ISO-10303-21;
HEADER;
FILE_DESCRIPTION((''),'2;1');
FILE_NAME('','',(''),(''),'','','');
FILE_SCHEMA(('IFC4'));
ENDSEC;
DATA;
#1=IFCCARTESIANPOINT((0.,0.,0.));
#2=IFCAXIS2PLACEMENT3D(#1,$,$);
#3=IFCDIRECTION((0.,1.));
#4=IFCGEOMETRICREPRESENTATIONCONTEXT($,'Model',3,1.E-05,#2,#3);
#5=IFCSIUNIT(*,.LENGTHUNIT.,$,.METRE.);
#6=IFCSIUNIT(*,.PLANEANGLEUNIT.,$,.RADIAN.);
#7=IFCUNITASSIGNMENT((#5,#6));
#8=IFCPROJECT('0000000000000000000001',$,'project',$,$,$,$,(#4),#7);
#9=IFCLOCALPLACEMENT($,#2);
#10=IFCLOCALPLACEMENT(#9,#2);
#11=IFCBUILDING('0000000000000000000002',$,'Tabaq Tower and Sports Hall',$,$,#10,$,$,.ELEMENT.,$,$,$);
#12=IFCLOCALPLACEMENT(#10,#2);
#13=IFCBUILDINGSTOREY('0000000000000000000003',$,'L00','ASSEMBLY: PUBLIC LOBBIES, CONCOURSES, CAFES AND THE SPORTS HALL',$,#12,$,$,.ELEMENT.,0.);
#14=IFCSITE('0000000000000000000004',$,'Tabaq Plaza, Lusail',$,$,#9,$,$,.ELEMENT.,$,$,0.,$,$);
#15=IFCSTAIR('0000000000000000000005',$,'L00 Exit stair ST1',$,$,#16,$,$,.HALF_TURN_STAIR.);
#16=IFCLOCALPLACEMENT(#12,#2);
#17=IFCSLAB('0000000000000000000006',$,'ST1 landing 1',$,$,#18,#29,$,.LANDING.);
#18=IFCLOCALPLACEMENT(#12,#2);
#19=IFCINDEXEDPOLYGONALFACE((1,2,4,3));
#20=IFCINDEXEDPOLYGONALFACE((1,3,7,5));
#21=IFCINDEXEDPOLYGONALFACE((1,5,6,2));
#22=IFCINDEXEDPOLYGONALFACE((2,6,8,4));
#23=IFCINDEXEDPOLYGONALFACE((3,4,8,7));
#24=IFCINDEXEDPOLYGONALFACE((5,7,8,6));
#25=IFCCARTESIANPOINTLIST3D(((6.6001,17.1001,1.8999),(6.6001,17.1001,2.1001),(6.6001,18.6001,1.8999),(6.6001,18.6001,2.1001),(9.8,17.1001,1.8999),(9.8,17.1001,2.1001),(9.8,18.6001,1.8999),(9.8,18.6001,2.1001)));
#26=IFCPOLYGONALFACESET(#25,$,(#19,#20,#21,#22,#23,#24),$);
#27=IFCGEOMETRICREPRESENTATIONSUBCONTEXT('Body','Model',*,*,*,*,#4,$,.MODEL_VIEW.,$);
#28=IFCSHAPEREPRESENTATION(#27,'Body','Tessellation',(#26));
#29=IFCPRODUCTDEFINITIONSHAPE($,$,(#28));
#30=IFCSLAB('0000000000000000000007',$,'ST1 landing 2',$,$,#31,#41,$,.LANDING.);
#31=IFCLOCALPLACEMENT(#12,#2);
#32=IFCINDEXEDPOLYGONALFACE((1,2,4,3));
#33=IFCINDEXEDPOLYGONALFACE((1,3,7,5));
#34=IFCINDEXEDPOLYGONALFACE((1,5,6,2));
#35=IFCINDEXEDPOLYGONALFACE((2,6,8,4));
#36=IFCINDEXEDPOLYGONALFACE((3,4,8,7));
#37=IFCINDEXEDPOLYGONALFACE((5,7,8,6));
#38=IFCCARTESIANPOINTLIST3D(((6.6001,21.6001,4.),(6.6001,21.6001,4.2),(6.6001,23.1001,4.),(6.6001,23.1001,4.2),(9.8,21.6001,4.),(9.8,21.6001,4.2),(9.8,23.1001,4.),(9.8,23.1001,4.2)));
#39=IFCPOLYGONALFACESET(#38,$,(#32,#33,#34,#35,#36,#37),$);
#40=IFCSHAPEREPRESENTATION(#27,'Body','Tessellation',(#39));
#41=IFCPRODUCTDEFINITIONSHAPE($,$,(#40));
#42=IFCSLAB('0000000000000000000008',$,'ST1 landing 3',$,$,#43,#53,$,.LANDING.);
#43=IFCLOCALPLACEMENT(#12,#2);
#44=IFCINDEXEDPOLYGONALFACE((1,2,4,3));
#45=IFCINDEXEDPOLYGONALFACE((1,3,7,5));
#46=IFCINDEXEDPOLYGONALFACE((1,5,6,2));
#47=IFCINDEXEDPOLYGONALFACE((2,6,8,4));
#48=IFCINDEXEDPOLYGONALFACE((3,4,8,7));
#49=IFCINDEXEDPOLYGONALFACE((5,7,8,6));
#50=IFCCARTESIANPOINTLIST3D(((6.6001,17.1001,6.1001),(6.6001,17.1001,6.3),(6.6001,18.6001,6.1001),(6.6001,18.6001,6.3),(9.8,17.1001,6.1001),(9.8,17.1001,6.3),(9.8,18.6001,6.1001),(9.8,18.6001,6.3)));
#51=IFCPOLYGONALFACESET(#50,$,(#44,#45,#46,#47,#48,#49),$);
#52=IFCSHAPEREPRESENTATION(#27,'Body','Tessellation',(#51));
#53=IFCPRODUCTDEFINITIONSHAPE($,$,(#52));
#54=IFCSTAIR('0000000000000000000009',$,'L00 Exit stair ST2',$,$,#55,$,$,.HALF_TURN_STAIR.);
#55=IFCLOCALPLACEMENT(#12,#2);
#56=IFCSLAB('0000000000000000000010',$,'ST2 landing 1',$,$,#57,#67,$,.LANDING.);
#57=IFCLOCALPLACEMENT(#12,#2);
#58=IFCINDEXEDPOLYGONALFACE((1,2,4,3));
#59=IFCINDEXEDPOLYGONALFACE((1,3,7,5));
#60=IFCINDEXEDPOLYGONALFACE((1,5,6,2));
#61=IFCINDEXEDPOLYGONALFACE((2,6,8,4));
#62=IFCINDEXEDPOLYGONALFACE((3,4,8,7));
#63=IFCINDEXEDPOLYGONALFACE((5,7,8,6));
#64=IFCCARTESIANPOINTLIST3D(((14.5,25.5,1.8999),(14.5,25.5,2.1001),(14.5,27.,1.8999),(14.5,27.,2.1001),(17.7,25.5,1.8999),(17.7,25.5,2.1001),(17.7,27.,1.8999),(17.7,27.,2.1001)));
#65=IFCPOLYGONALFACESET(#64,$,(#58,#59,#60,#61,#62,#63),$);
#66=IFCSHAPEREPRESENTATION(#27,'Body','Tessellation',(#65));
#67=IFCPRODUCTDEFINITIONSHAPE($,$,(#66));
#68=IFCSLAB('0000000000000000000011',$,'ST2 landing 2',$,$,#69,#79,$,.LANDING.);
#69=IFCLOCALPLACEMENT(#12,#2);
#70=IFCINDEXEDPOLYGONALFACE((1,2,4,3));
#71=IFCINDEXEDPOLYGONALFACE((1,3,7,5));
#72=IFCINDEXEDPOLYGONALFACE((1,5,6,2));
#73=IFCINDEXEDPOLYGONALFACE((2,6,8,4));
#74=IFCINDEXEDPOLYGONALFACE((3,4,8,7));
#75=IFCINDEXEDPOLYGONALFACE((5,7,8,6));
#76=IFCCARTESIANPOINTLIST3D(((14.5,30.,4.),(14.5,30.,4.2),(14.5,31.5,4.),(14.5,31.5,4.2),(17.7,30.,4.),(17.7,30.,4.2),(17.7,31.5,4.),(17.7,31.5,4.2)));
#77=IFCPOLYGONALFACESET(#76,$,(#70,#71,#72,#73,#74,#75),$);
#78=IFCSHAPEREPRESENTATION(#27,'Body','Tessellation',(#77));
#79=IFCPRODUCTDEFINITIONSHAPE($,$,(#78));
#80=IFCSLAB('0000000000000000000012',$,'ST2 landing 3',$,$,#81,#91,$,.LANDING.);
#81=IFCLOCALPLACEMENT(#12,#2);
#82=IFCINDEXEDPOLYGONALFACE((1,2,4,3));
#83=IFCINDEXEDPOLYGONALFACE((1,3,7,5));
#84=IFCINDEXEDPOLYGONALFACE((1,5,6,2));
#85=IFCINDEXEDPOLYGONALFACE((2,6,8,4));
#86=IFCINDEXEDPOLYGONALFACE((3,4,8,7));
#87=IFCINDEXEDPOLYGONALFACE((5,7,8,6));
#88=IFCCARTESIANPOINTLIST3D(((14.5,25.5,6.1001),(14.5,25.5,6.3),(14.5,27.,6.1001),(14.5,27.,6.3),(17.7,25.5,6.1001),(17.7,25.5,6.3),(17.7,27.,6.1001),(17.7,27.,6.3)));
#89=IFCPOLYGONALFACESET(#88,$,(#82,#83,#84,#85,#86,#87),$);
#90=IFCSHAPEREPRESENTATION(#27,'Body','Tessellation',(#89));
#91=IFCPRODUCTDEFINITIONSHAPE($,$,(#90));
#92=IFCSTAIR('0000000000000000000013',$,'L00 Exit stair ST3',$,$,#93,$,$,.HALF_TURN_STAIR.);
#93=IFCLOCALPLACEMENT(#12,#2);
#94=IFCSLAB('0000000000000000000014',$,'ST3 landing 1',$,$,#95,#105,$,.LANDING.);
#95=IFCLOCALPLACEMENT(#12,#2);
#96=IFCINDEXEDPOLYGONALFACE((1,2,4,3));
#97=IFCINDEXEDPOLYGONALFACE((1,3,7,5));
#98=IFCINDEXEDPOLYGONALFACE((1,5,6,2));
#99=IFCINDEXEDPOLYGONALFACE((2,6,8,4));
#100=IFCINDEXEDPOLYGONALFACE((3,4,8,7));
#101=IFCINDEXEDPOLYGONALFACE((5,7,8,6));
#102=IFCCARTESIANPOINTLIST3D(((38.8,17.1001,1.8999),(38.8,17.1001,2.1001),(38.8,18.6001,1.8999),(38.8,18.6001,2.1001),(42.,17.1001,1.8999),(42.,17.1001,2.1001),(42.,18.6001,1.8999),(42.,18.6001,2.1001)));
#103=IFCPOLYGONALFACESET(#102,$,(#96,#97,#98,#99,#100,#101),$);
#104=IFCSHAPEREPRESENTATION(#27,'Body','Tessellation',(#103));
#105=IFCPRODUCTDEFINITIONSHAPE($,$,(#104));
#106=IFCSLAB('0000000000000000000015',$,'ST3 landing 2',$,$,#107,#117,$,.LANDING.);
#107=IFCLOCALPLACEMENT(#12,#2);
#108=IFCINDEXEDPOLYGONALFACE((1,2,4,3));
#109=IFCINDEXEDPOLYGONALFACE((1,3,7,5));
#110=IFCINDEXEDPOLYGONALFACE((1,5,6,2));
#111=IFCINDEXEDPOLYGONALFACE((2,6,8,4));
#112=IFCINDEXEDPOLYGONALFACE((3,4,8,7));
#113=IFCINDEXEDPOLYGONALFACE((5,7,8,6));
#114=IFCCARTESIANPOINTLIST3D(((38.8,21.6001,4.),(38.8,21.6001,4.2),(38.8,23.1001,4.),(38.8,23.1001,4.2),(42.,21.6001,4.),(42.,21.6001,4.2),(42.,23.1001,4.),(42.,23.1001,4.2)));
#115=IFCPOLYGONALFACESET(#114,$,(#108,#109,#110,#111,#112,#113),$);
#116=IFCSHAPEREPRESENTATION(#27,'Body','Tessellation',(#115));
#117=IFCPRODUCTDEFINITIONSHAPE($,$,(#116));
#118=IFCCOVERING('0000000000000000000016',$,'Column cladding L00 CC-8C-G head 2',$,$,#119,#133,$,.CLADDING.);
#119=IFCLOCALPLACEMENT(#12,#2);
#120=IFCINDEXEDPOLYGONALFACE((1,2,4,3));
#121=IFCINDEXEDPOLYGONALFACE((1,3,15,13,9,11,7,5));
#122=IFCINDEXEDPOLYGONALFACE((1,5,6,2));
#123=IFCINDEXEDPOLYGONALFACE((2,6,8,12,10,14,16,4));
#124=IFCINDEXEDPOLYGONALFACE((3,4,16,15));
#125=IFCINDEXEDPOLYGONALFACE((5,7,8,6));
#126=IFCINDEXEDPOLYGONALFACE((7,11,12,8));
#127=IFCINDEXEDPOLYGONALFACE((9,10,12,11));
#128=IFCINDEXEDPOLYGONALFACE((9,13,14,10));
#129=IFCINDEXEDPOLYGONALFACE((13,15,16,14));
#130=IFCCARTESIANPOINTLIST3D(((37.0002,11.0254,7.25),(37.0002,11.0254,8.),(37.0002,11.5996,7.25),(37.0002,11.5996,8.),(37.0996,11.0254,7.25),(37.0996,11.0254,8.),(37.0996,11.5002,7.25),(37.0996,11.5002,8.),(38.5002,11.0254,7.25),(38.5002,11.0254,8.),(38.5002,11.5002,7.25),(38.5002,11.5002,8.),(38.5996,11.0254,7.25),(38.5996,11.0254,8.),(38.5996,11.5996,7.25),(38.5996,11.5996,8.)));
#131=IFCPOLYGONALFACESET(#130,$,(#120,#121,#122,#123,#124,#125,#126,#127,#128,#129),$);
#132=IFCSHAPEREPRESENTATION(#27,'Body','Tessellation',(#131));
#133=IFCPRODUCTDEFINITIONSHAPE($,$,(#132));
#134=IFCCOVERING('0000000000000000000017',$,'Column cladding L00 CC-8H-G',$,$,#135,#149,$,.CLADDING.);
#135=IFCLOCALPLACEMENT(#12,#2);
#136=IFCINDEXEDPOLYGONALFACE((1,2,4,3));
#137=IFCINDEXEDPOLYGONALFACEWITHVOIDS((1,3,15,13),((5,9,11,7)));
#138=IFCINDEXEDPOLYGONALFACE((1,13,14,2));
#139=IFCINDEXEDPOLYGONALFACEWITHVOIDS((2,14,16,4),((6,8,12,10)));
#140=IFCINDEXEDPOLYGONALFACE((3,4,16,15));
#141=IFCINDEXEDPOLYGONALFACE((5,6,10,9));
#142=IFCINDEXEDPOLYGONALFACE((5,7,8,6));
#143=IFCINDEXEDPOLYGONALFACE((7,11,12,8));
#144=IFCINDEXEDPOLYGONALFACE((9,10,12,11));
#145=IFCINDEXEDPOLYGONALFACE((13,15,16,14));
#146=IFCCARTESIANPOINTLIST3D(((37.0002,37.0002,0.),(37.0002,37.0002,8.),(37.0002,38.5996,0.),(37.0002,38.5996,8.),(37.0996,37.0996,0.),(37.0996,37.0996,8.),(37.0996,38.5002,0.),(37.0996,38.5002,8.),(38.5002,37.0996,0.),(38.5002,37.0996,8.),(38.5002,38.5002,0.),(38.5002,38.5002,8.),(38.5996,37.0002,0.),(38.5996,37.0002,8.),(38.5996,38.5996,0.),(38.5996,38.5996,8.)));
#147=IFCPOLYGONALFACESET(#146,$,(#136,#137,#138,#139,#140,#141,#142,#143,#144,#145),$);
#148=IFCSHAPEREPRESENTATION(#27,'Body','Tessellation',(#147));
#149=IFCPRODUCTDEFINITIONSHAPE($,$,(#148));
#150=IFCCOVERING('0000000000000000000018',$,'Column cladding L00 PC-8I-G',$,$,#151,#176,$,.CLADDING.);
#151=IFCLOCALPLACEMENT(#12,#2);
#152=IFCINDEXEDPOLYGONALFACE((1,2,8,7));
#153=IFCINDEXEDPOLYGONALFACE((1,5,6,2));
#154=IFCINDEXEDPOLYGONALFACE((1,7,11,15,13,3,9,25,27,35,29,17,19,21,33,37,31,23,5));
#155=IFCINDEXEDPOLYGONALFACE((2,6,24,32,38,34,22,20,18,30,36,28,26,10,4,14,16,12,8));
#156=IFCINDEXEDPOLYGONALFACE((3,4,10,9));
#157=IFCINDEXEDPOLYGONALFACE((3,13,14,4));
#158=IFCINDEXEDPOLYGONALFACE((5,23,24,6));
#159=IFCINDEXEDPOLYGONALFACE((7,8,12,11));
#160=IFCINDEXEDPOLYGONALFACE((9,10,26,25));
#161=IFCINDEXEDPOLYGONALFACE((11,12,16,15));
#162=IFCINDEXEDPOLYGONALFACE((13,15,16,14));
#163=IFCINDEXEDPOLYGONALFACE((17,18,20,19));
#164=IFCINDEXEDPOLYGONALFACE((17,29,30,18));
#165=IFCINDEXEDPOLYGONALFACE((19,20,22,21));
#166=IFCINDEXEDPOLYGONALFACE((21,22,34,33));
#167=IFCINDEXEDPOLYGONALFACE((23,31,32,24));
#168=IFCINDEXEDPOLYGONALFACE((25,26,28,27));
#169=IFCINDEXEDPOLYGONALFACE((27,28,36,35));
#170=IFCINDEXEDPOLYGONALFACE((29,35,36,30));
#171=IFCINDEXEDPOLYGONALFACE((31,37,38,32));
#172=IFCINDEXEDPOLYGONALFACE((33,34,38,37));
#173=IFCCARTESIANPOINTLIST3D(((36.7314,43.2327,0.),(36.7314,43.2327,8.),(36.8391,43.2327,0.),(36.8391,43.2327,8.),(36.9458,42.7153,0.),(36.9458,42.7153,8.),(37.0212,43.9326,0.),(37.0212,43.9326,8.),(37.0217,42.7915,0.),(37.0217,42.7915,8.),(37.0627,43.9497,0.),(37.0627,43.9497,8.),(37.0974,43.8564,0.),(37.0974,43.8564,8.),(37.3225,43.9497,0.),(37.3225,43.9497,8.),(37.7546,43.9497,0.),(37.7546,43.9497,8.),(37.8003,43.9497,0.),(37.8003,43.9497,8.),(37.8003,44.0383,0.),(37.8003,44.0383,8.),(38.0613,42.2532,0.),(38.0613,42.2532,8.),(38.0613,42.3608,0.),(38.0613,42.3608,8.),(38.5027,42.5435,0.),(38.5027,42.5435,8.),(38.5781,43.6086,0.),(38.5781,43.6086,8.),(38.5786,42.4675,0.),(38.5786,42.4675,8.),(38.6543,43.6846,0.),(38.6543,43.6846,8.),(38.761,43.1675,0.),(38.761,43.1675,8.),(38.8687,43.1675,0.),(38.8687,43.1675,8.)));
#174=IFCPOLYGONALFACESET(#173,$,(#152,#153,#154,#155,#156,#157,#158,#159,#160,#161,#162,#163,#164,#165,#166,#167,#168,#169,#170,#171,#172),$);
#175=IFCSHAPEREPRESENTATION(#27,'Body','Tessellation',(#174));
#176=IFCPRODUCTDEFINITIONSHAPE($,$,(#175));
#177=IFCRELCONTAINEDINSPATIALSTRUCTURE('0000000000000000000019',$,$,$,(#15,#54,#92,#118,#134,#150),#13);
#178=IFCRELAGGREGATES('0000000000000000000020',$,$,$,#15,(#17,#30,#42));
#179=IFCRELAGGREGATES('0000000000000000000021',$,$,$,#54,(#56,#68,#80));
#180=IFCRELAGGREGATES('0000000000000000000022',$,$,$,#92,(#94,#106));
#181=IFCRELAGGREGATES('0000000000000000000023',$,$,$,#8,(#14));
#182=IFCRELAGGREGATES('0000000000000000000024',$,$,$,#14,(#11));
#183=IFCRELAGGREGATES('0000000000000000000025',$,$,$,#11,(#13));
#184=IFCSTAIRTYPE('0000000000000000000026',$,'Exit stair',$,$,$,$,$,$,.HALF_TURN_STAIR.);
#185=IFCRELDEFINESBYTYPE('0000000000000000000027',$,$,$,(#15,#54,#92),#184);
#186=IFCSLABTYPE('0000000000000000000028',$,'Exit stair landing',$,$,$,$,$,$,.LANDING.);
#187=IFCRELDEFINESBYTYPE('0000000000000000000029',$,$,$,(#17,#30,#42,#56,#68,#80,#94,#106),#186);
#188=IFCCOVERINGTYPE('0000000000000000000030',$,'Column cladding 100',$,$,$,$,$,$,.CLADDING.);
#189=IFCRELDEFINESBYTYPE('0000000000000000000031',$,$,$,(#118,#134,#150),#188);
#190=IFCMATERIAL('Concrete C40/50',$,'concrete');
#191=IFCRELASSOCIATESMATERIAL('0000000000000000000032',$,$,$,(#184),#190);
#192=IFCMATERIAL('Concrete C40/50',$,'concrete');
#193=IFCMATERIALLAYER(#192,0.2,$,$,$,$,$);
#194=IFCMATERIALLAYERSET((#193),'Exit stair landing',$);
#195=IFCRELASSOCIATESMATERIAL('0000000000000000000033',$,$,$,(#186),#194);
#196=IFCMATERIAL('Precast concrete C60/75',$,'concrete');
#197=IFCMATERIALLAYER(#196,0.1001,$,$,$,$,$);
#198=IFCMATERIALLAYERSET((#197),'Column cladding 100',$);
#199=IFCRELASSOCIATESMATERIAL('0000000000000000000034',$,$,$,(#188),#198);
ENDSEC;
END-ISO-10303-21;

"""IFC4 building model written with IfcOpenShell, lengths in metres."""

from ifc_helpers import new_model, si_unit, direction, frame, origin, place, context, subcontext, project, spatial, polyline, outline, extrude, material, layer, layer_set, type_object, element, aggregate, save


model = new_model("IFC4")

# Units and contexts
model_context = context("Model", 3, precision=1e-05, world=origin(), true_north=direction((0.0, 1.0)))
body_context = subcontext(model_context, "Body", "Model", "MODEL_VIEW")
ifc_project = project(units=[si_unit("LENGTHUNIT", "METRE"), si_unit("PLANEANGLEUNIT", "RADIAN")], contexts=[model_context])

# Site, building, storey
site_placement = place(None, origin())
site = spatial("IfcSite", under=ifc_project, at=site_placement, Name="Tabaq Plaza, Lusail", CompositionType="ELEMENT", RefElevation=0.0)
building_placement = place(site_placement, origin())
building = spatial("IfcBuilding", under=site, at=building_placement, Name="Tabaq Tower and Sports Hall", CompositionType="ELEMENT")
storey_placement = place(building_placement, origin())
storey = spatial("IfcBuildingStorey", under=building, at=storey_placement, Name="L00", Description="ASSEMBLY: PUBLIC LOBBIES, CONCOURSES, CAFES AND THE SPORTS HALL", CompositionType="ELEMENT", Elevation=0.0)

# Stairs, slabs
ifc_material_1 = material(Name="Concrete C40/50", Category="concrete")
stair_type = type_object("IfcStairType", Name="Exit stair", PredefinedType="HALF_TURN_STAIR", material=ifc_material_1)
stair_1_placement = place(storey_placement, origin())
stair_1 = element("IfcStair", 1, at=stair_1_placement, inside=storey, type_object=stair_type, Name="L00 Exit stair ST1", PredefinedType="HALF_TURN_STAIR")
ifc_material_2 = material(Name="Concrete C40/50", Category="concrete")
ifc_layer_1 = layer(ifc_material_2, 0.2)
ifc_layer_set_1 = layer_set([ifc_layer_1], Name="Exit stair landing")
slab_type = type_object("IfcSlabType", Name="Exit stair landing", PredefinedType="LANDING", material=ifc_layer_set_1)
slab_1_placement = place(storey_placement, frame((0.0, 0.0, 1.8999)))
slab_1 = element("IfcSlab", 2, at=slab_1_placement, type_object=slab_type, Name="ST1 landing 1", PredefinedType="LANDING", context=body_context, shape_type="SweptSolid", body=[
    extrude(outline(polyline([(6.6001, 18.6001), (6.6001, 17.1001), (9.8, 17.1001), (9.8, 18.6001), (6.6001, 18.6001)])), origin(), (0.0, 0.0, 1.0), 0.2002),
])
slab_2_placement = place(storey_placement, frame((0.0, 0.0, 4.0)))
slab_2 = element("IfcSlab", 3, at=slab_2_placement, type_object=slab_type, Name="ST1 landing 2", PredefinedType="LANDING", context=body_context, shape_type="SweptSolid", body=[
    extrude(outline(polyline([(6.6001, 23.1001), (6.6001, 21.6001), (9.8, 21.6001), (9.8, 23.1001), (6.6001, 23.1001)])), origin(), (0.0, 0.0, 1.0), 0.2),
])
slab_3_placement = place(storey_placement, frame((0.0, 0.0, 6.1001)))
slab_3 = element("IfcSlab", 4, at=slab_3_placement, type_object=slab_type, Name="ST1 landing 3", PredefinedType="LANDING", context=body_context, shape_type="SweptSolid", body=[
    extrude(outline(polyline([(6.6001, 18.6001), (6.6001, 17.1001), (9.8, 17.1001), (9.8, 18.6001), (6.6001, 18.6001)])), origin(), (0.0, 0.0, 1.0), 0.2),
])
aggregate(stair_1, [slab_1, slab_2, slab_3])
stair_2_placement = place(storey_placement, origin())
stair_2 = element("IfcStair", 5, at=stair_2_placement, inside=storey, type_object=stair_type, Name="L00 Exit stair ST2", PredefinedType="HALF_TURN_STAIR")
slab_4_placement = place(storey_placement, frame((0.0, 0.0, 1.8999)))
slab_4 = element("IfcSlab", 6, at=slab_4_placement, type_object=slab_type, Name="ST2 landing 1", PredefinedType="LANDING", context=body_context, shape_type="SweptSolid", body=[
    extrude(outline(polyline([(14.5, 27.0), (14.5, 25.5), (17.7, 25.5), (17.7, 27.0), (14.5, 27.0)])), origin(), (0.0, 0.0, 1.0), 0.2002),
])
slab_5_placement = place(storey_placement, frame((0.0, 0.0, 4.0)))
slab_5 = element("IfcSlab", 7, at=slab_5_placement, type_object=slab_type, Name="ST2 landing 2", PredefinedType="LANDING", context=body_context, shape_type="SweptSolid", body=[
    extrude(outline(polyline([(14.5, 31.5), (14.5, 30.0), (17.7, 30.0), (17.7, 31.5), (14.5, 31.5)])), origin(), (0.0, 0.0, 1.0), 0.2),
])
slab_6_placement = place(storey_placement, frame((0.0, 0.0, 6.1001)))
slab_6 = element("IfcSlab", 8, at=slab_6_placement, type_object=slab_type, Name="ST2 landing 3", PredefinedType="LANDING", context=body_context, shape_type="SweptSolid", body=[
    extrude(outline(polyline([(14.5, 27.0), (14.5, 25.5), (17.7, 25.5), (17.7, 27.0), (14.5, 27.0)])), origin(), (0.0, 0.0, 1.0), 0.2),
])
aggregate(stair_2, [slab_4, slab_5, slab_6])
stair_3_placement = place(storey_placement, origin())
stair_3 = element("IfcStair", 9, at=stair_3_placement, inside=storey, type_object=stair_type, Name="L00 Exit stair ST3", PredefinedType="HALF_TURN_STAIR")
slab_7_placement = place(storey_placement, frame((0.0, 0.0, 1.8999)))
slab_7 = element("IfcSlab", 10, at=slab_7_placement, type_object=slab_type, Name="ST3 landing 1", PredefinedType="LANDING", context=body_context, shape_type="SweptSolid", body=[
    extrude(outline(polyline([(38.8, 18.6001), (38.8, 17.1001), (42.0, 17.1001), (42.0, 18.6001), (38.8, 18.6001)])), origin(), (0.0, 0.0, 1.0), 0.2002),
])
slab_8_placement = place(storey_placement, frame((0.0, 0.0, 4.0)))
slab_8 = element("IfcSlab", 11, at=slab_8_placement, type_object=slab_type, Name="ST3 landing 2", PredefinedType="LANDING", context=body_context, shape_type="SweptSolid", body=[
    extrude(outline(polyline([(38.8, 23.1001), (38.8, 21.6001), (42.0, 21.6001), (42.0, 23.1001), (38.8, 23.1001)])), origin(), (0.0, 0.0, 1.0), 0.2),
])
aggregate(stair_3, [slab_7, slab_8])

# Coverings
ifc_material_3 = material(Name="Precast concrete C60/75", Category="concrete")
ifc_layer_2 = layer(ifc_material_3, 0.1001)
ifc_layer_set_2 = layer_set([ifc_layer_2], Name="Column cladding 100")
covering_type = type_object("IfcCoveringType", Name="Column cladding 100", PredefinedType="CLADDING", material=ifc_layer_set_2)
covering_1_placement = place(storey_placement, frame((0.0, 0.0, 7.25)))
element("IfcCovering", 12, at=covering_1_placement, inside=storey, type_object=covering_type, Name="Column cladding L00 CC-8C-G head 2", PredefinedType="CLADDING", context=body_context, shape_type="SweptSolid", body=[
    extrude(outline(polyline([(38.5996, 11.5996), (38.5996, 11.0254), (38.5002, 11.0254), (38.5002, 11.5002), (37.0996, 11.5002), (37.0996, 11.0254), (37.0002, 11.0254), (37.0002, 11.5996), (38.5996, 11.5996)])), origin(), (0.0, 0.0, 1.0), 0.75),
])
covering_2_placement = place(storey_placement, origin())
element("IfcCovering", 13, at=covering_2_placement, inside=storey, type_object=covering_type, Name="Column cladding L00 CC-8H-G", PredefinedType="CLADDING", context=body_context, shape_type="SweptSolid", body=[
    extrude(outline(polyline([(37.0002, 38.5996), (38.5996, 38.5996), (38.5996, 37.0002), (37.0002, 37.0002), (37.0002, 38.5996)]), holes=[polyline([(38.5002, 37.0996), (38.5002, 38.5002), (37.0996, 38.5002), (37.0996, 37.0996), (38.5002, 37.0996)])]), origin(), (0.0, 0.0, 1.0), 8.0),
])
covering_3_placement = place(storey_placement, origin())
element("IfcCovering", 14, at=covering_3_placement, inside=storey, type_object=covering_type, Name="Column cladding L00 PC-8I-G", PredefinedType="CLADDING", context=body_context, shape_type="SweptSolid", body=[
    extrude(outline(polyline([(38.5786, 42.4675), (38.0613, 42.2532), (36.9458, 42.7153), (36.7314, 43.2327), (37.0212, 43.9326), (37.0627, 43.9497), (37.3225, 43.9497), (37.0974, 43.8564), (36.8391, 43.2327), (37.0217, 42.7915), (38.0613, 42.3608), (38.5027, 42.5435), (38.761, 43.1675), (38.5781, 43.6086), (37.7546, 43.9497), (37.8003, 43.9497), (37.8003, 44.0383), (38.6543, 43.6846), (38.8687, 43.1675), (38.5786, 42.4675)])), origin(), (0.0, 0.0, 1.0), 8.0),
])

save(model, "model.ifc")
